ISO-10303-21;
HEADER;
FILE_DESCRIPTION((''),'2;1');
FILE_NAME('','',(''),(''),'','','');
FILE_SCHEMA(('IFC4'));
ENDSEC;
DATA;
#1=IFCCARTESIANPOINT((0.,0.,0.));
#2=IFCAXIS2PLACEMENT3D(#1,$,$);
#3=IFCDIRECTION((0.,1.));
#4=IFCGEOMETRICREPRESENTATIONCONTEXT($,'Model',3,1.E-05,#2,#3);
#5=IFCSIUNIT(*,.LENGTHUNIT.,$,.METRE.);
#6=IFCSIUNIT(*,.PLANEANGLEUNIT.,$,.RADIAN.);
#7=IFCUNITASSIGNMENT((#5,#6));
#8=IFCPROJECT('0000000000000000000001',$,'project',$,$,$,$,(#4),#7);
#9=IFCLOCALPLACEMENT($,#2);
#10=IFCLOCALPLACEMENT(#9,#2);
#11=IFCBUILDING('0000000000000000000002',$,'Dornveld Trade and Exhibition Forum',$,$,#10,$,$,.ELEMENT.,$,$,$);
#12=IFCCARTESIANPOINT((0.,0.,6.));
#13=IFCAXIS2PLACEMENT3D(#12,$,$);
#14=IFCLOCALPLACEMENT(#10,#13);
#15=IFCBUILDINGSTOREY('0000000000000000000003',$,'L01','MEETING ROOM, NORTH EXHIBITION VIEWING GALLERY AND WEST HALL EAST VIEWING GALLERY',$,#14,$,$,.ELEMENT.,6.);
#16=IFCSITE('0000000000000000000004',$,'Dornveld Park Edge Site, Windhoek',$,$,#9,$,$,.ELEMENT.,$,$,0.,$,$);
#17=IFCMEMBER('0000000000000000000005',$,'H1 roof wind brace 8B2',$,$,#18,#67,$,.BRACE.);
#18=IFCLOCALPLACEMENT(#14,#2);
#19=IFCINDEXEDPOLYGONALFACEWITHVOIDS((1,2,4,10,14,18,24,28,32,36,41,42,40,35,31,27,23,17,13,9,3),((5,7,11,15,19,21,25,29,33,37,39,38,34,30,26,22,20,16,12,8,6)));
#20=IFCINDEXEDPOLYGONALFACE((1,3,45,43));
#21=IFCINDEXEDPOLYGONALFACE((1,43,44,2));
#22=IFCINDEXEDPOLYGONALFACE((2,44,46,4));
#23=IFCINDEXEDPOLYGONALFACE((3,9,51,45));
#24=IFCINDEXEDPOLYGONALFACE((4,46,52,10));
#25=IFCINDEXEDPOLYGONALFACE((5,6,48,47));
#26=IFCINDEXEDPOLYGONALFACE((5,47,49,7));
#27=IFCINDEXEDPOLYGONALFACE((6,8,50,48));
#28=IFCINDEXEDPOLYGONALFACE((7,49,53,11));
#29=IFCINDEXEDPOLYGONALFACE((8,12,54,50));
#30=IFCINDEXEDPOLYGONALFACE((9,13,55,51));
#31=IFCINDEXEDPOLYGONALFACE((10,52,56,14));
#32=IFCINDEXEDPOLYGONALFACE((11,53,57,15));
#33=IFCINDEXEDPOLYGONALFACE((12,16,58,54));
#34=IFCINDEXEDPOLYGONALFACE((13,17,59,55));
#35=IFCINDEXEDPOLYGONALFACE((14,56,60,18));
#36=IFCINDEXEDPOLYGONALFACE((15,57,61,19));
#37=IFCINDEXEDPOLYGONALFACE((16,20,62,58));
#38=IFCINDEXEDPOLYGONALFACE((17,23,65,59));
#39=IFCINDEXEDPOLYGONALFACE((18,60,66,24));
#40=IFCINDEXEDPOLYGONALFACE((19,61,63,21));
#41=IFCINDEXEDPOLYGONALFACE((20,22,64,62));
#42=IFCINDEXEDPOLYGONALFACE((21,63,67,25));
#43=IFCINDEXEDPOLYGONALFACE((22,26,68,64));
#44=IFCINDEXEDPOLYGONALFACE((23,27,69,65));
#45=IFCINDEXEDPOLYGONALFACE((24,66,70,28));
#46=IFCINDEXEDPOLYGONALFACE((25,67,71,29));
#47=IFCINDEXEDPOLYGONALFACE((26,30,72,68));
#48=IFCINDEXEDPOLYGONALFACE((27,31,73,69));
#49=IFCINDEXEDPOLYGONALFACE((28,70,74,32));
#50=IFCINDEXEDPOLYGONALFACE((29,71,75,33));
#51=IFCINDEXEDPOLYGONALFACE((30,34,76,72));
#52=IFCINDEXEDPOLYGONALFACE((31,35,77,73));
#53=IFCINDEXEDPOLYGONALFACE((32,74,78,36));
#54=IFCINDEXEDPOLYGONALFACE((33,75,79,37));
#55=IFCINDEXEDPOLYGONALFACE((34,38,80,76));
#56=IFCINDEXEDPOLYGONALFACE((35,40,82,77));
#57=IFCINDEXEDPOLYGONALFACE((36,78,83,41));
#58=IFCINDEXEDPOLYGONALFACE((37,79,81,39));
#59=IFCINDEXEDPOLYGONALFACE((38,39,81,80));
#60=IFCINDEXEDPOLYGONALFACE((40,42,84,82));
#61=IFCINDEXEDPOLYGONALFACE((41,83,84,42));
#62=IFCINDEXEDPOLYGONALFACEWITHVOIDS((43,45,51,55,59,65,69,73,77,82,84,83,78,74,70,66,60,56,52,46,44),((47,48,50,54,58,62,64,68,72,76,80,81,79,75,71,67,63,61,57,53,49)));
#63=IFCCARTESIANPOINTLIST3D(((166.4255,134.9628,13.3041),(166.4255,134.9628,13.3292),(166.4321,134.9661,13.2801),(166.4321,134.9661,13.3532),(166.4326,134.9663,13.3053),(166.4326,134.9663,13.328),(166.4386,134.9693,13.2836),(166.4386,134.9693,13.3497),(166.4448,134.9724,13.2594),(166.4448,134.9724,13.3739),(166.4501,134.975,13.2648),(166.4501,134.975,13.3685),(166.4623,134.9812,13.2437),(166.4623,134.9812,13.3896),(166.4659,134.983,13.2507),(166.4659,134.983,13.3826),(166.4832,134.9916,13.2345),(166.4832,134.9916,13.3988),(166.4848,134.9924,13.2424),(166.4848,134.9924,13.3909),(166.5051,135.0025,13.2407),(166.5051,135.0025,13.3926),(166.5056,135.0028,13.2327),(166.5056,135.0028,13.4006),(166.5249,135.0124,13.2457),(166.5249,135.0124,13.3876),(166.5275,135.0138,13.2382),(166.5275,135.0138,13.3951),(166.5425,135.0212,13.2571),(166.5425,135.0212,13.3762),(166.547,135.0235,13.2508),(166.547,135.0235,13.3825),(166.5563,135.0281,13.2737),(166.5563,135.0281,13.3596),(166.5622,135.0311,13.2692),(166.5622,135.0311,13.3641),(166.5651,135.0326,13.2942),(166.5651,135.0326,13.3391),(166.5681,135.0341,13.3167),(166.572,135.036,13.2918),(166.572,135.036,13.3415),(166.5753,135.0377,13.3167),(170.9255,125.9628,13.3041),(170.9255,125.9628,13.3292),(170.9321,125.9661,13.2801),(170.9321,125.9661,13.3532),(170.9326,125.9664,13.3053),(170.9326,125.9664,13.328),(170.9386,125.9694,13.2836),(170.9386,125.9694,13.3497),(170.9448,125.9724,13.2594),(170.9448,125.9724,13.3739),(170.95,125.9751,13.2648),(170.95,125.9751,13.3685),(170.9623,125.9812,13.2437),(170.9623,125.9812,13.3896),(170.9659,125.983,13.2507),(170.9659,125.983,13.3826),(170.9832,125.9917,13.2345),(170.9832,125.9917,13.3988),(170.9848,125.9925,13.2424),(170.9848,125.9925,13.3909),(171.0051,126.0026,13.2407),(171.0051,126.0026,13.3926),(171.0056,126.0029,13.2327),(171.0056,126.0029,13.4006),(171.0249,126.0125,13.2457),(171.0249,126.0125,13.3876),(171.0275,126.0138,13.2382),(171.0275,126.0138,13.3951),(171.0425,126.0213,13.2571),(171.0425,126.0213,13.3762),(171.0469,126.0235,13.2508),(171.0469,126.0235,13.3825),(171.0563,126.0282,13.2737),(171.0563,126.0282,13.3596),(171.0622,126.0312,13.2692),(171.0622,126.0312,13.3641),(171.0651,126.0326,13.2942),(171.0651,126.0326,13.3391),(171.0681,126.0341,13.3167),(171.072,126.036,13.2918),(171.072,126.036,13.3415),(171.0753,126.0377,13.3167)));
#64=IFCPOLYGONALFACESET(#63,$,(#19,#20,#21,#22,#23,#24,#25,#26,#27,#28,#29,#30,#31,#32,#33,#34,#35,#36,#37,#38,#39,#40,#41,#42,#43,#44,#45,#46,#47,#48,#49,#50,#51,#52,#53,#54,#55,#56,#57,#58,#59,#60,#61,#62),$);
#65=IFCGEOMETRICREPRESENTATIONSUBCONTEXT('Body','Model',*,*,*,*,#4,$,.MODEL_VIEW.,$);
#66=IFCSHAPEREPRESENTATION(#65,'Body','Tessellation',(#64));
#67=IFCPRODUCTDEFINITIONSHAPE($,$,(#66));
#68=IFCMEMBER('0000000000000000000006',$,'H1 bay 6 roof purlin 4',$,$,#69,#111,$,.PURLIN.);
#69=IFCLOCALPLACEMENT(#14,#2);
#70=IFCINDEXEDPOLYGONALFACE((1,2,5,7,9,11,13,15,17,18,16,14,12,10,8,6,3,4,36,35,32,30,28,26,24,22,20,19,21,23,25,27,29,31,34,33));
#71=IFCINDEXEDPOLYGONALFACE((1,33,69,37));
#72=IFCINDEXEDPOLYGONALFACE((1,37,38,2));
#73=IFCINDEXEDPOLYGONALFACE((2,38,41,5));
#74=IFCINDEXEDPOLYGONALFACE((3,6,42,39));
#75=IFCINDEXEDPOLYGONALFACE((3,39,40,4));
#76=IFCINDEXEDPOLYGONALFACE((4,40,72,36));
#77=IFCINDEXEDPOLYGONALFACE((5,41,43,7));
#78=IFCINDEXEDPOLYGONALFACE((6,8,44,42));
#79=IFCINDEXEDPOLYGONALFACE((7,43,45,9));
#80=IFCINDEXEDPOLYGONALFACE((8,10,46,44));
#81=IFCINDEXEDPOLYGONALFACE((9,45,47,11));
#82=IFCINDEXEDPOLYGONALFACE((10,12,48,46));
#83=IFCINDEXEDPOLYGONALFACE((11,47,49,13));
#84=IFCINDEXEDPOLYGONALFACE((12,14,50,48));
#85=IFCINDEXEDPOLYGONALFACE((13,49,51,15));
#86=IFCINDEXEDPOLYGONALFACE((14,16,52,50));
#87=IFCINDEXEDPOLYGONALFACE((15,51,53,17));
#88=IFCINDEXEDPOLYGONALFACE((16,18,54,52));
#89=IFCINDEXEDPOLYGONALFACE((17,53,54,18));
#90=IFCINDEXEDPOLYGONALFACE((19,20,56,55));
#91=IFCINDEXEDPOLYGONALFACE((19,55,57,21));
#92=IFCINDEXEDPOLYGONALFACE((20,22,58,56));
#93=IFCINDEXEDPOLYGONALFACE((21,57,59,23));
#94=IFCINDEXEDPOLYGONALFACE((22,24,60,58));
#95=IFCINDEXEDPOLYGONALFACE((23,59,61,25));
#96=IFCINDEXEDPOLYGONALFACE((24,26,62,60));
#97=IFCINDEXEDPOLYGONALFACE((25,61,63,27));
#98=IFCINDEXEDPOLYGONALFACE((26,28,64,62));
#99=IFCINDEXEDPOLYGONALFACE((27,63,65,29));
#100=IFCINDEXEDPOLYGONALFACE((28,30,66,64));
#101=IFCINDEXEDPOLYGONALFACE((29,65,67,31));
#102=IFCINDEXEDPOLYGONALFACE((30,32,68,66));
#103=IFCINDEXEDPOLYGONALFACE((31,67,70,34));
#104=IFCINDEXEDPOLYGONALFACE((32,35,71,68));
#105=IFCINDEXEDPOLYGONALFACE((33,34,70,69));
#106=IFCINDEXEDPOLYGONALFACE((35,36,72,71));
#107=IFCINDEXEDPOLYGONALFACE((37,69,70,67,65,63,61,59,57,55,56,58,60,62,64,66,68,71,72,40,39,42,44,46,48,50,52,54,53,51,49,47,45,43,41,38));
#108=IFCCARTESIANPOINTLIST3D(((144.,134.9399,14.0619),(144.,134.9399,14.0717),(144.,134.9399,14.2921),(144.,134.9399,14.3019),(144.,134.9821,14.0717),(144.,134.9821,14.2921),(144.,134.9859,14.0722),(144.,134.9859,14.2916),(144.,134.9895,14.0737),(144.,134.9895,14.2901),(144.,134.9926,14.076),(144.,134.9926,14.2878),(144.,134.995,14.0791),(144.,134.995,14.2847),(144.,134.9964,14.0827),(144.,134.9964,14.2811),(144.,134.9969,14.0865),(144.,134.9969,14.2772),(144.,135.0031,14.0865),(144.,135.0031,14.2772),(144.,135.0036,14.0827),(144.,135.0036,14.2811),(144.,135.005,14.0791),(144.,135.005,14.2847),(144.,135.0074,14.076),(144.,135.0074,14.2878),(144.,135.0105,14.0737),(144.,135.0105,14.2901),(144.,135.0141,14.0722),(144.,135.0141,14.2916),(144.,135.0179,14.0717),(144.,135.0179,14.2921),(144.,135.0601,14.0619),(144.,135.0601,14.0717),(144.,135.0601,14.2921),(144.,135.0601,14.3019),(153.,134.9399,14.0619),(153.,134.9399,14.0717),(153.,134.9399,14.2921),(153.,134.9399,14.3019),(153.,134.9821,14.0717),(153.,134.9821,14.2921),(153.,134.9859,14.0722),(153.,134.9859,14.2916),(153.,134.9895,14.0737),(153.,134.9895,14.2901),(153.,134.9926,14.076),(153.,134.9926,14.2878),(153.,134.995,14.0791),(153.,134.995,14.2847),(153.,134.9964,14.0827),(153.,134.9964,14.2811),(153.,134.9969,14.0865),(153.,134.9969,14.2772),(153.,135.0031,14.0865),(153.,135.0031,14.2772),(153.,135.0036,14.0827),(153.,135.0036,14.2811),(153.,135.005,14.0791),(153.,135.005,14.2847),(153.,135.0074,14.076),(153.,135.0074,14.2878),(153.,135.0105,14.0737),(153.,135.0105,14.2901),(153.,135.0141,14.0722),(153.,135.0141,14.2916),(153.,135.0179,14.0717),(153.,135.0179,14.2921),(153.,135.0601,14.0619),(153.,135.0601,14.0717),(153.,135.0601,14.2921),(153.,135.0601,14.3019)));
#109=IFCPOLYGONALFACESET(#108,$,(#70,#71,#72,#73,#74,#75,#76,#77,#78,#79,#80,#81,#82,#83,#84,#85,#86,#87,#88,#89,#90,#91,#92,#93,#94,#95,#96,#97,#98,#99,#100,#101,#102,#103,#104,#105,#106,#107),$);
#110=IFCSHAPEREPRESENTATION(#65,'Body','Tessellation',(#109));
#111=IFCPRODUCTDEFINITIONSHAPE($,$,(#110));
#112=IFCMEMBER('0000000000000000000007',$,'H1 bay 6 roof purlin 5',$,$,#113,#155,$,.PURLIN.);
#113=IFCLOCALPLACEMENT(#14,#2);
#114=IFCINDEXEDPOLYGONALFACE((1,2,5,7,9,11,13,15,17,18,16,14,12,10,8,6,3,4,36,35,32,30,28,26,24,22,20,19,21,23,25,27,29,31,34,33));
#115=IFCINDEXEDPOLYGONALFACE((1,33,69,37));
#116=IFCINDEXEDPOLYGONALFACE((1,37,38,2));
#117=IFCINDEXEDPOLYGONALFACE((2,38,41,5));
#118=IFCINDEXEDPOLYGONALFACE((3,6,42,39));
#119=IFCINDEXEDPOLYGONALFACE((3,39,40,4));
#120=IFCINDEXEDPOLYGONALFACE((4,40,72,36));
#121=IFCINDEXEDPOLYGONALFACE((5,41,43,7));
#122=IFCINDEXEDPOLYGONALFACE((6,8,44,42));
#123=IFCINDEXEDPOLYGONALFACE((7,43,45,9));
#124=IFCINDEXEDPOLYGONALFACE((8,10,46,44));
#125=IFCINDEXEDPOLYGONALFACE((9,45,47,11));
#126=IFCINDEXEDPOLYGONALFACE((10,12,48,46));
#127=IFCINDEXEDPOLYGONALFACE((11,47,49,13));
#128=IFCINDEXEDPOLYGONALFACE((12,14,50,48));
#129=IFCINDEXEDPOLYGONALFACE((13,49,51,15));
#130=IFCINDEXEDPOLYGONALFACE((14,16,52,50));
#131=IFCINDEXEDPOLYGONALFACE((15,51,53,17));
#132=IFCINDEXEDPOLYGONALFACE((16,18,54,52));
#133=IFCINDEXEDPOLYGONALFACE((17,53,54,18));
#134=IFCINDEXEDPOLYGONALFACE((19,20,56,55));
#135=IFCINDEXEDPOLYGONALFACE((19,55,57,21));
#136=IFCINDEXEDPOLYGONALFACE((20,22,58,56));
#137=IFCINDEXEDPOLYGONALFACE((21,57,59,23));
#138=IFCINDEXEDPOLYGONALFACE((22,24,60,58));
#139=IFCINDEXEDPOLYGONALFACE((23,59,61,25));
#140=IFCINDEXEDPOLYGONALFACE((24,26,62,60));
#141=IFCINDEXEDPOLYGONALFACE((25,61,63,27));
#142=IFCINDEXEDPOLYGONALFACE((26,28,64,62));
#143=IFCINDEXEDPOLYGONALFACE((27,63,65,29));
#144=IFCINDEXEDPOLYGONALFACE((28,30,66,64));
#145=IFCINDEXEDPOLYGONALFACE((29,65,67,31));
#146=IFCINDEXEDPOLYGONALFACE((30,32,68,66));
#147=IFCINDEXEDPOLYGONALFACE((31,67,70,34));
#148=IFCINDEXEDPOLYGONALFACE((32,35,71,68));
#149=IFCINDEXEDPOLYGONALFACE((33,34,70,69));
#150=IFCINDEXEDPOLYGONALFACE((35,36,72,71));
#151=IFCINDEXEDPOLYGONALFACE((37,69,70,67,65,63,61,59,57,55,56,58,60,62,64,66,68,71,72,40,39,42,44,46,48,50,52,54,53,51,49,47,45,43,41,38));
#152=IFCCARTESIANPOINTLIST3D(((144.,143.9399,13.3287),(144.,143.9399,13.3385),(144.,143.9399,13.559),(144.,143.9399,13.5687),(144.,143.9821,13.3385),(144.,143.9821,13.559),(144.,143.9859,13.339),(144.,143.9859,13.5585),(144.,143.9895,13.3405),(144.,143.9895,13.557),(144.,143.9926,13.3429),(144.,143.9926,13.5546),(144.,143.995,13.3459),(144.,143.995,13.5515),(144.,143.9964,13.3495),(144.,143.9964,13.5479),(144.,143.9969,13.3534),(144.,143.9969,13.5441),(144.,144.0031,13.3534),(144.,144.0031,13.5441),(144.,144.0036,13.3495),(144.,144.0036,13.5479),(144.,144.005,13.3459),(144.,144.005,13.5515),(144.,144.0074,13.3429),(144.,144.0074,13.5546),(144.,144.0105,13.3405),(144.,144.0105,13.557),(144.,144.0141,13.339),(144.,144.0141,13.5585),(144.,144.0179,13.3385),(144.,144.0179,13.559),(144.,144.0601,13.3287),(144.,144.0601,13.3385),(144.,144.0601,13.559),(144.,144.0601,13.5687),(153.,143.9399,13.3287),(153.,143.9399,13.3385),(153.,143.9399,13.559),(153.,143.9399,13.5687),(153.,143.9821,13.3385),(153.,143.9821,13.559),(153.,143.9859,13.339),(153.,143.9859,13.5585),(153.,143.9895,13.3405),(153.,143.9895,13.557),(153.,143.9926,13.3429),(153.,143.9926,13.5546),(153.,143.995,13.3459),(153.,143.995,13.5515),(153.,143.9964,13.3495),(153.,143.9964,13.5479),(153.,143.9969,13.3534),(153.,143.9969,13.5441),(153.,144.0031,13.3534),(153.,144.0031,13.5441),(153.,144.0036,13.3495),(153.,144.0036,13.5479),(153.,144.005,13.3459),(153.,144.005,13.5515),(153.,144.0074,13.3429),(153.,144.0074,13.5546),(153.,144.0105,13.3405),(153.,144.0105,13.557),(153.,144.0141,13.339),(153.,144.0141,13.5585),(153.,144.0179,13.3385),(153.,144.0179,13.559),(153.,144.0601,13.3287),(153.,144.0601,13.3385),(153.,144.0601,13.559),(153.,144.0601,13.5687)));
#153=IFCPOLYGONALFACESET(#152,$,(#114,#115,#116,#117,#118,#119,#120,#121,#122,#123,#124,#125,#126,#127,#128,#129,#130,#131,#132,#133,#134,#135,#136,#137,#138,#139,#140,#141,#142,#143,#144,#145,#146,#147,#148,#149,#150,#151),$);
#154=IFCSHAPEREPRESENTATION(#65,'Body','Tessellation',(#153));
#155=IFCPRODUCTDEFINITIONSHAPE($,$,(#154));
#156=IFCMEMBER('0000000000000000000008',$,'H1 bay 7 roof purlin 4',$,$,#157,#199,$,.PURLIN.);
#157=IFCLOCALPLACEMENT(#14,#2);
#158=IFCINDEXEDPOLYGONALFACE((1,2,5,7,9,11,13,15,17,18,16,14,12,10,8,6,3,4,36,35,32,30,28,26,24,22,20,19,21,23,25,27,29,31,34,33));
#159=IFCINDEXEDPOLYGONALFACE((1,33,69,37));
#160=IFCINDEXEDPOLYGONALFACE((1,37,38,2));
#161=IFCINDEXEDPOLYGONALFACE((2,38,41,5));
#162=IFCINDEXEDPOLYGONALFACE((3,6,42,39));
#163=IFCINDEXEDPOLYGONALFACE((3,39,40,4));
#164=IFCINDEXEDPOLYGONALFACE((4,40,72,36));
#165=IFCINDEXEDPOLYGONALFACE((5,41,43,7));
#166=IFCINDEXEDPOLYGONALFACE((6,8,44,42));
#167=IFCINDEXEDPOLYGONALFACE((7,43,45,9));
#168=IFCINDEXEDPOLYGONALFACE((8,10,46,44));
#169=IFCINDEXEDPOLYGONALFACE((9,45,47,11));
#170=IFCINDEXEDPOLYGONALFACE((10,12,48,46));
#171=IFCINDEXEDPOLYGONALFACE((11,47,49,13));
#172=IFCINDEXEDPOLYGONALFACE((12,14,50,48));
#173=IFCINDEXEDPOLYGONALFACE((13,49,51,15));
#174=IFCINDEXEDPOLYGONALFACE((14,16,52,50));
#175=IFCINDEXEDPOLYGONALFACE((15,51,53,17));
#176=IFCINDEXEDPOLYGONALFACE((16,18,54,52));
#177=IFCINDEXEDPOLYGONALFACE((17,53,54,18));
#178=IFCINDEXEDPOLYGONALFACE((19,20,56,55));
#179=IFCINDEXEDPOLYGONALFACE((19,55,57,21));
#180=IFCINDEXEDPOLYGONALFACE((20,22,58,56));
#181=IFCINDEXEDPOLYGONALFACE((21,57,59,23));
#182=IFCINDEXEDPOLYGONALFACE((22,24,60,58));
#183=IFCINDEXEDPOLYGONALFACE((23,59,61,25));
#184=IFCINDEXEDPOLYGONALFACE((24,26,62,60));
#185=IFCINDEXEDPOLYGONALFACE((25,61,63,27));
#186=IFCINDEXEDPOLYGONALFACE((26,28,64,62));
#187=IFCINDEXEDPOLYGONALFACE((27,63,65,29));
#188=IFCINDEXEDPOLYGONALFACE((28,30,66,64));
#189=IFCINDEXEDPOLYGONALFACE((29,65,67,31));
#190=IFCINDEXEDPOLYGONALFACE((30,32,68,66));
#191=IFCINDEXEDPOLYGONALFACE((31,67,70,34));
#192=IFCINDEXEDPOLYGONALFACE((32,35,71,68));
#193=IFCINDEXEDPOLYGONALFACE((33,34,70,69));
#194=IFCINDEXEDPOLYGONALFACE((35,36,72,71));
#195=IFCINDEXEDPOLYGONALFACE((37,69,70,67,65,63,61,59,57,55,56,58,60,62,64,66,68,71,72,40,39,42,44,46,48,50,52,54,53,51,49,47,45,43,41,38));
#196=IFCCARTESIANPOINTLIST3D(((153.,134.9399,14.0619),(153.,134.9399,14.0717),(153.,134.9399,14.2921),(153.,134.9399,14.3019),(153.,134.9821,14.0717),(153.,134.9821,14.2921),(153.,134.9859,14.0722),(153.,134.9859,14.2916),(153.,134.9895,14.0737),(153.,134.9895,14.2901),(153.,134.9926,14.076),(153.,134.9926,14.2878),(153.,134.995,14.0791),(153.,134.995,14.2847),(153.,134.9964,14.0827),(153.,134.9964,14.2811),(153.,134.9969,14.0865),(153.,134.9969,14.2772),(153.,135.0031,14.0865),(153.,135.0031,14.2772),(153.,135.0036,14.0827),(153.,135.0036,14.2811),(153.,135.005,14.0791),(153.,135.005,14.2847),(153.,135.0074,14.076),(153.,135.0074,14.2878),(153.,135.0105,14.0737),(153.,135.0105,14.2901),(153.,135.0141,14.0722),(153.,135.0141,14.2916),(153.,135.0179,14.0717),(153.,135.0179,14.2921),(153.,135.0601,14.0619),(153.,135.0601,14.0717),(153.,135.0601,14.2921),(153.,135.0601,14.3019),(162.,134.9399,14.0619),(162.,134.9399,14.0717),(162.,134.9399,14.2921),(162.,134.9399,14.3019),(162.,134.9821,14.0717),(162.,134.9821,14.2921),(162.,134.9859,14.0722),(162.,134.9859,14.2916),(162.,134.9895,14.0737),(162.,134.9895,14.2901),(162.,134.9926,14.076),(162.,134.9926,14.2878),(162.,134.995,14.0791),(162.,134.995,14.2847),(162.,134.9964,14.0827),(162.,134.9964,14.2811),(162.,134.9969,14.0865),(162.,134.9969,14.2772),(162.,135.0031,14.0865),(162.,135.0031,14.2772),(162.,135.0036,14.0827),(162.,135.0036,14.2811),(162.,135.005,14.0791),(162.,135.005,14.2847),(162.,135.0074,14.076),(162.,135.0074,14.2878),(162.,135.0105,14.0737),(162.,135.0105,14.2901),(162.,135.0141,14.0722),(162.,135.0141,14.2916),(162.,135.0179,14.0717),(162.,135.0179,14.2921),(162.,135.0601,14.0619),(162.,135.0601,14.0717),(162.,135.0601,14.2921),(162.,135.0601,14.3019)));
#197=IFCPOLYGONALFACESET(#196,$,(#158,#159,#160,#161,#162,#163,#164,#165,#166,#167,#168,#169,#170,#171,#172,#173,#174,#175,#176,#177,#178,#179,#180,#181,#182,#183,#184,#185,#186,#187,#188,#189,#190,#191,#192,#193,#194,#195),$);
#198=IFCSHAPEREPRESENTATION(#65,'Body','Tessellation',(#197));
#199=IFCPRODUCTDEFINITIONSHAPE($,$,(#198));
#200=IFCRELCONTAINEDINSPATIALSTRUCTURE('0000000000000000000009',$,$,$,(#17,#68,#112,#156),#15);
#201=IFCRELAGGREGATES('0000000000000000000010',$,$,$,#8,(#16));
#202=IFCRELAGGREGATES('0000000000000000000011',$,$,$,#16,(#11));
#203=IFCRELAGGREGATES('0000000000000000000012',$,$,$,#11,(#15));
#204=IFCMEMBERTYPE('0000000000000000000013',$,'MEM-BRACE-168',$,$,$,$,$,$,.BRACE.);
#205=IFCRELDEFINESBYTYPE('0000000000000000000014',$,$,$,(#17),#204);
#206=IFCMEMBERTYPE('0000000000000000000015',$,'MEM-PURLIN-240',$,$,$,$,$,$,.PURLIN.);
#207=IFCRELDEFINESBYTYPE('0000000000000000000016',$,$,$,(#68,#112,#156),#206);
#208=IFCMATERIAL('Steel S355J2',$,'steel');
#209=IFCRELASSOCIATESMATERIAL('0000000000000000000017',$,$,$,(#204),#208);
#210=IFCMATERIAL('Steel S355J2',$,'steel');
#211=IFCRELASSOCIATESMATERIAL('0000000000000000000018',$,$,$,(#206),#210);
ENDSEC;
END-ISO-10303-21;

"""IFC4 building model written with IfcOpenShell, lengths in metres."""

from ifc_helpers import new_model, si_unit, direction, frame, origin, origin_2d, place, context, subcontext, project, spatial, hollow_circle, i_section, extrude, material, material_profile, profile_set, type_object, element, save


model = new_model("IFC4")

# Units and contexts
model_context = context("Model", 3, precision=1e-05, world=origin(), true_north=direction((0.0, 1.0)))
body_context = subcontext(model_context, "Body", "Model", "MODEL_VIEW")
ifc_project = project(units=[si_unit("LENGTHUNIT", "METRE"), si_unit("PLANEANGLEUNIT", "RADIAN")], contexts=[model_context])

# Site, building, storey
site_placement = place(None, origin())
site = spatial("IfcSite", under=ifc_project, at=site_placement, Name="Dornveld Park Edge Site, Windhoek", CompositionType="ELEMENT", RefElevation=0.0)
building_placement = place(site_placement, origin())
building = spatial("IfcBuilding", under=site, at=building_placement, Name="Dornveld Trade and Exhibition Forum", CompositionType="ELEMENT")
storey_placement = place(building_placement, frame((0.0, 0.0, 6.0)))
storey = spatial("IfcBuildingStorey", under=building, at=storey_placement, Name="L01", Description="MEETING ROOM, NORTH EXHIBITION VIEWING GALLERY AND WEST HALL EAST VIEWING GALLERY", CompositionType="ELEMENT", Elevation=6.0)

# Members
ifc_material_1 = material(Name="Steel S355J2", Category="steel")
ifc_material_profile_1 = material_profile(ifc_material_1, hollow_circle(Radius=0.0842, WallThickness=0.0081, at=origin_2d()), Name="CHS 168.3x8")
ifc_profile_set_1 = profile_set([ifc_material_profile_1], Name="Steel S355J2")
member_type_1 = type_object("IfcMemberType", Name="MEM-BRACE-168", PredefinedType="BRACE", material=ifc_profile_set_1)
for number, where, z_axis, x_axis, name in (
    (1, (166.5, 135.0, 13.3167), (0.447214, -0.894427, 0.0), (0.894427, 0.447214, 0.0), "H1 roof wind brace 8B2"),
):
    element("IfcMember", number, at=place(storey_placement, frame(where, z_axis=z_axis, x_axis=x_axis)), inside=storey, type_object=member_type_1, Name=name, PredefinedType="BRACE", context=body_context, shape_type="SweptSolid", body=[
        extrude(hollow_circle(Radius=0.0842, WallThickness=0.0081, at=origin_2d()), origin(), (0.0, 0.0, 1.0), 10.0623),
    ])
ifc_material_2 = material(Name="Steel S355J2", Category="steel")
ifc_material_profile_2 = material_profile(ifc_material_2, i_section(OverallWidth=0.1201, OverallDepth=0.24, WebThickness=0.0061, FlangeThickness=0.0098, FilletRadius=0.0149, at=origin_2d()), Name="IPE 240")
ifc_profile_set_2 = profile_set([ifc_material_profile_2], Name="Steel S355J2")
member_type_2 = type_object("IfcMemberType", Name="MEM-PURLIN-240", PredefinedType="PURLIN", material=ifc_profile_set_2)
for number, where, z_axis, x_axis, name in (
    (2, (144.0, 135.0, 14.1819), (1.0, 0.0, 0.0), (0.0, 1.0, 0.0), "H1 bay 6 roof purlin 4"),
    (3, (144.0, 144.0, 13.4487), (1.0, 0.0, 0.0), (0.0, 1.0, 0.0), "H1 bay 6 roof purlin 5"),
    (4, (153.0, 135.0, 14.1819), (1.0, 0.0, 0.0), (0.0, 1.0, 0.0), "H1 bay 7 roof purlin 4"),
):
    element("IfcMember", number, at=place(storey_placement, frame(where, z_axis=z_axis, x_axis=x_axis)), inside=storey, type_object=member_type_2, Name=name, PredefinedType="PURLIN", context=body_context, shape_type="SweptSolid", body=[
        extrude(i_section(OverallWidth=0.1201, OverallDepth=0.24, WebThickness=0.0061, FlangeThickness=0.0098, FilletRadius=0.0149, at=origin_2d()), origin(), (0.0, 0.0, 1.0), 9.0),
    ])

save(model, "model.ifc")
